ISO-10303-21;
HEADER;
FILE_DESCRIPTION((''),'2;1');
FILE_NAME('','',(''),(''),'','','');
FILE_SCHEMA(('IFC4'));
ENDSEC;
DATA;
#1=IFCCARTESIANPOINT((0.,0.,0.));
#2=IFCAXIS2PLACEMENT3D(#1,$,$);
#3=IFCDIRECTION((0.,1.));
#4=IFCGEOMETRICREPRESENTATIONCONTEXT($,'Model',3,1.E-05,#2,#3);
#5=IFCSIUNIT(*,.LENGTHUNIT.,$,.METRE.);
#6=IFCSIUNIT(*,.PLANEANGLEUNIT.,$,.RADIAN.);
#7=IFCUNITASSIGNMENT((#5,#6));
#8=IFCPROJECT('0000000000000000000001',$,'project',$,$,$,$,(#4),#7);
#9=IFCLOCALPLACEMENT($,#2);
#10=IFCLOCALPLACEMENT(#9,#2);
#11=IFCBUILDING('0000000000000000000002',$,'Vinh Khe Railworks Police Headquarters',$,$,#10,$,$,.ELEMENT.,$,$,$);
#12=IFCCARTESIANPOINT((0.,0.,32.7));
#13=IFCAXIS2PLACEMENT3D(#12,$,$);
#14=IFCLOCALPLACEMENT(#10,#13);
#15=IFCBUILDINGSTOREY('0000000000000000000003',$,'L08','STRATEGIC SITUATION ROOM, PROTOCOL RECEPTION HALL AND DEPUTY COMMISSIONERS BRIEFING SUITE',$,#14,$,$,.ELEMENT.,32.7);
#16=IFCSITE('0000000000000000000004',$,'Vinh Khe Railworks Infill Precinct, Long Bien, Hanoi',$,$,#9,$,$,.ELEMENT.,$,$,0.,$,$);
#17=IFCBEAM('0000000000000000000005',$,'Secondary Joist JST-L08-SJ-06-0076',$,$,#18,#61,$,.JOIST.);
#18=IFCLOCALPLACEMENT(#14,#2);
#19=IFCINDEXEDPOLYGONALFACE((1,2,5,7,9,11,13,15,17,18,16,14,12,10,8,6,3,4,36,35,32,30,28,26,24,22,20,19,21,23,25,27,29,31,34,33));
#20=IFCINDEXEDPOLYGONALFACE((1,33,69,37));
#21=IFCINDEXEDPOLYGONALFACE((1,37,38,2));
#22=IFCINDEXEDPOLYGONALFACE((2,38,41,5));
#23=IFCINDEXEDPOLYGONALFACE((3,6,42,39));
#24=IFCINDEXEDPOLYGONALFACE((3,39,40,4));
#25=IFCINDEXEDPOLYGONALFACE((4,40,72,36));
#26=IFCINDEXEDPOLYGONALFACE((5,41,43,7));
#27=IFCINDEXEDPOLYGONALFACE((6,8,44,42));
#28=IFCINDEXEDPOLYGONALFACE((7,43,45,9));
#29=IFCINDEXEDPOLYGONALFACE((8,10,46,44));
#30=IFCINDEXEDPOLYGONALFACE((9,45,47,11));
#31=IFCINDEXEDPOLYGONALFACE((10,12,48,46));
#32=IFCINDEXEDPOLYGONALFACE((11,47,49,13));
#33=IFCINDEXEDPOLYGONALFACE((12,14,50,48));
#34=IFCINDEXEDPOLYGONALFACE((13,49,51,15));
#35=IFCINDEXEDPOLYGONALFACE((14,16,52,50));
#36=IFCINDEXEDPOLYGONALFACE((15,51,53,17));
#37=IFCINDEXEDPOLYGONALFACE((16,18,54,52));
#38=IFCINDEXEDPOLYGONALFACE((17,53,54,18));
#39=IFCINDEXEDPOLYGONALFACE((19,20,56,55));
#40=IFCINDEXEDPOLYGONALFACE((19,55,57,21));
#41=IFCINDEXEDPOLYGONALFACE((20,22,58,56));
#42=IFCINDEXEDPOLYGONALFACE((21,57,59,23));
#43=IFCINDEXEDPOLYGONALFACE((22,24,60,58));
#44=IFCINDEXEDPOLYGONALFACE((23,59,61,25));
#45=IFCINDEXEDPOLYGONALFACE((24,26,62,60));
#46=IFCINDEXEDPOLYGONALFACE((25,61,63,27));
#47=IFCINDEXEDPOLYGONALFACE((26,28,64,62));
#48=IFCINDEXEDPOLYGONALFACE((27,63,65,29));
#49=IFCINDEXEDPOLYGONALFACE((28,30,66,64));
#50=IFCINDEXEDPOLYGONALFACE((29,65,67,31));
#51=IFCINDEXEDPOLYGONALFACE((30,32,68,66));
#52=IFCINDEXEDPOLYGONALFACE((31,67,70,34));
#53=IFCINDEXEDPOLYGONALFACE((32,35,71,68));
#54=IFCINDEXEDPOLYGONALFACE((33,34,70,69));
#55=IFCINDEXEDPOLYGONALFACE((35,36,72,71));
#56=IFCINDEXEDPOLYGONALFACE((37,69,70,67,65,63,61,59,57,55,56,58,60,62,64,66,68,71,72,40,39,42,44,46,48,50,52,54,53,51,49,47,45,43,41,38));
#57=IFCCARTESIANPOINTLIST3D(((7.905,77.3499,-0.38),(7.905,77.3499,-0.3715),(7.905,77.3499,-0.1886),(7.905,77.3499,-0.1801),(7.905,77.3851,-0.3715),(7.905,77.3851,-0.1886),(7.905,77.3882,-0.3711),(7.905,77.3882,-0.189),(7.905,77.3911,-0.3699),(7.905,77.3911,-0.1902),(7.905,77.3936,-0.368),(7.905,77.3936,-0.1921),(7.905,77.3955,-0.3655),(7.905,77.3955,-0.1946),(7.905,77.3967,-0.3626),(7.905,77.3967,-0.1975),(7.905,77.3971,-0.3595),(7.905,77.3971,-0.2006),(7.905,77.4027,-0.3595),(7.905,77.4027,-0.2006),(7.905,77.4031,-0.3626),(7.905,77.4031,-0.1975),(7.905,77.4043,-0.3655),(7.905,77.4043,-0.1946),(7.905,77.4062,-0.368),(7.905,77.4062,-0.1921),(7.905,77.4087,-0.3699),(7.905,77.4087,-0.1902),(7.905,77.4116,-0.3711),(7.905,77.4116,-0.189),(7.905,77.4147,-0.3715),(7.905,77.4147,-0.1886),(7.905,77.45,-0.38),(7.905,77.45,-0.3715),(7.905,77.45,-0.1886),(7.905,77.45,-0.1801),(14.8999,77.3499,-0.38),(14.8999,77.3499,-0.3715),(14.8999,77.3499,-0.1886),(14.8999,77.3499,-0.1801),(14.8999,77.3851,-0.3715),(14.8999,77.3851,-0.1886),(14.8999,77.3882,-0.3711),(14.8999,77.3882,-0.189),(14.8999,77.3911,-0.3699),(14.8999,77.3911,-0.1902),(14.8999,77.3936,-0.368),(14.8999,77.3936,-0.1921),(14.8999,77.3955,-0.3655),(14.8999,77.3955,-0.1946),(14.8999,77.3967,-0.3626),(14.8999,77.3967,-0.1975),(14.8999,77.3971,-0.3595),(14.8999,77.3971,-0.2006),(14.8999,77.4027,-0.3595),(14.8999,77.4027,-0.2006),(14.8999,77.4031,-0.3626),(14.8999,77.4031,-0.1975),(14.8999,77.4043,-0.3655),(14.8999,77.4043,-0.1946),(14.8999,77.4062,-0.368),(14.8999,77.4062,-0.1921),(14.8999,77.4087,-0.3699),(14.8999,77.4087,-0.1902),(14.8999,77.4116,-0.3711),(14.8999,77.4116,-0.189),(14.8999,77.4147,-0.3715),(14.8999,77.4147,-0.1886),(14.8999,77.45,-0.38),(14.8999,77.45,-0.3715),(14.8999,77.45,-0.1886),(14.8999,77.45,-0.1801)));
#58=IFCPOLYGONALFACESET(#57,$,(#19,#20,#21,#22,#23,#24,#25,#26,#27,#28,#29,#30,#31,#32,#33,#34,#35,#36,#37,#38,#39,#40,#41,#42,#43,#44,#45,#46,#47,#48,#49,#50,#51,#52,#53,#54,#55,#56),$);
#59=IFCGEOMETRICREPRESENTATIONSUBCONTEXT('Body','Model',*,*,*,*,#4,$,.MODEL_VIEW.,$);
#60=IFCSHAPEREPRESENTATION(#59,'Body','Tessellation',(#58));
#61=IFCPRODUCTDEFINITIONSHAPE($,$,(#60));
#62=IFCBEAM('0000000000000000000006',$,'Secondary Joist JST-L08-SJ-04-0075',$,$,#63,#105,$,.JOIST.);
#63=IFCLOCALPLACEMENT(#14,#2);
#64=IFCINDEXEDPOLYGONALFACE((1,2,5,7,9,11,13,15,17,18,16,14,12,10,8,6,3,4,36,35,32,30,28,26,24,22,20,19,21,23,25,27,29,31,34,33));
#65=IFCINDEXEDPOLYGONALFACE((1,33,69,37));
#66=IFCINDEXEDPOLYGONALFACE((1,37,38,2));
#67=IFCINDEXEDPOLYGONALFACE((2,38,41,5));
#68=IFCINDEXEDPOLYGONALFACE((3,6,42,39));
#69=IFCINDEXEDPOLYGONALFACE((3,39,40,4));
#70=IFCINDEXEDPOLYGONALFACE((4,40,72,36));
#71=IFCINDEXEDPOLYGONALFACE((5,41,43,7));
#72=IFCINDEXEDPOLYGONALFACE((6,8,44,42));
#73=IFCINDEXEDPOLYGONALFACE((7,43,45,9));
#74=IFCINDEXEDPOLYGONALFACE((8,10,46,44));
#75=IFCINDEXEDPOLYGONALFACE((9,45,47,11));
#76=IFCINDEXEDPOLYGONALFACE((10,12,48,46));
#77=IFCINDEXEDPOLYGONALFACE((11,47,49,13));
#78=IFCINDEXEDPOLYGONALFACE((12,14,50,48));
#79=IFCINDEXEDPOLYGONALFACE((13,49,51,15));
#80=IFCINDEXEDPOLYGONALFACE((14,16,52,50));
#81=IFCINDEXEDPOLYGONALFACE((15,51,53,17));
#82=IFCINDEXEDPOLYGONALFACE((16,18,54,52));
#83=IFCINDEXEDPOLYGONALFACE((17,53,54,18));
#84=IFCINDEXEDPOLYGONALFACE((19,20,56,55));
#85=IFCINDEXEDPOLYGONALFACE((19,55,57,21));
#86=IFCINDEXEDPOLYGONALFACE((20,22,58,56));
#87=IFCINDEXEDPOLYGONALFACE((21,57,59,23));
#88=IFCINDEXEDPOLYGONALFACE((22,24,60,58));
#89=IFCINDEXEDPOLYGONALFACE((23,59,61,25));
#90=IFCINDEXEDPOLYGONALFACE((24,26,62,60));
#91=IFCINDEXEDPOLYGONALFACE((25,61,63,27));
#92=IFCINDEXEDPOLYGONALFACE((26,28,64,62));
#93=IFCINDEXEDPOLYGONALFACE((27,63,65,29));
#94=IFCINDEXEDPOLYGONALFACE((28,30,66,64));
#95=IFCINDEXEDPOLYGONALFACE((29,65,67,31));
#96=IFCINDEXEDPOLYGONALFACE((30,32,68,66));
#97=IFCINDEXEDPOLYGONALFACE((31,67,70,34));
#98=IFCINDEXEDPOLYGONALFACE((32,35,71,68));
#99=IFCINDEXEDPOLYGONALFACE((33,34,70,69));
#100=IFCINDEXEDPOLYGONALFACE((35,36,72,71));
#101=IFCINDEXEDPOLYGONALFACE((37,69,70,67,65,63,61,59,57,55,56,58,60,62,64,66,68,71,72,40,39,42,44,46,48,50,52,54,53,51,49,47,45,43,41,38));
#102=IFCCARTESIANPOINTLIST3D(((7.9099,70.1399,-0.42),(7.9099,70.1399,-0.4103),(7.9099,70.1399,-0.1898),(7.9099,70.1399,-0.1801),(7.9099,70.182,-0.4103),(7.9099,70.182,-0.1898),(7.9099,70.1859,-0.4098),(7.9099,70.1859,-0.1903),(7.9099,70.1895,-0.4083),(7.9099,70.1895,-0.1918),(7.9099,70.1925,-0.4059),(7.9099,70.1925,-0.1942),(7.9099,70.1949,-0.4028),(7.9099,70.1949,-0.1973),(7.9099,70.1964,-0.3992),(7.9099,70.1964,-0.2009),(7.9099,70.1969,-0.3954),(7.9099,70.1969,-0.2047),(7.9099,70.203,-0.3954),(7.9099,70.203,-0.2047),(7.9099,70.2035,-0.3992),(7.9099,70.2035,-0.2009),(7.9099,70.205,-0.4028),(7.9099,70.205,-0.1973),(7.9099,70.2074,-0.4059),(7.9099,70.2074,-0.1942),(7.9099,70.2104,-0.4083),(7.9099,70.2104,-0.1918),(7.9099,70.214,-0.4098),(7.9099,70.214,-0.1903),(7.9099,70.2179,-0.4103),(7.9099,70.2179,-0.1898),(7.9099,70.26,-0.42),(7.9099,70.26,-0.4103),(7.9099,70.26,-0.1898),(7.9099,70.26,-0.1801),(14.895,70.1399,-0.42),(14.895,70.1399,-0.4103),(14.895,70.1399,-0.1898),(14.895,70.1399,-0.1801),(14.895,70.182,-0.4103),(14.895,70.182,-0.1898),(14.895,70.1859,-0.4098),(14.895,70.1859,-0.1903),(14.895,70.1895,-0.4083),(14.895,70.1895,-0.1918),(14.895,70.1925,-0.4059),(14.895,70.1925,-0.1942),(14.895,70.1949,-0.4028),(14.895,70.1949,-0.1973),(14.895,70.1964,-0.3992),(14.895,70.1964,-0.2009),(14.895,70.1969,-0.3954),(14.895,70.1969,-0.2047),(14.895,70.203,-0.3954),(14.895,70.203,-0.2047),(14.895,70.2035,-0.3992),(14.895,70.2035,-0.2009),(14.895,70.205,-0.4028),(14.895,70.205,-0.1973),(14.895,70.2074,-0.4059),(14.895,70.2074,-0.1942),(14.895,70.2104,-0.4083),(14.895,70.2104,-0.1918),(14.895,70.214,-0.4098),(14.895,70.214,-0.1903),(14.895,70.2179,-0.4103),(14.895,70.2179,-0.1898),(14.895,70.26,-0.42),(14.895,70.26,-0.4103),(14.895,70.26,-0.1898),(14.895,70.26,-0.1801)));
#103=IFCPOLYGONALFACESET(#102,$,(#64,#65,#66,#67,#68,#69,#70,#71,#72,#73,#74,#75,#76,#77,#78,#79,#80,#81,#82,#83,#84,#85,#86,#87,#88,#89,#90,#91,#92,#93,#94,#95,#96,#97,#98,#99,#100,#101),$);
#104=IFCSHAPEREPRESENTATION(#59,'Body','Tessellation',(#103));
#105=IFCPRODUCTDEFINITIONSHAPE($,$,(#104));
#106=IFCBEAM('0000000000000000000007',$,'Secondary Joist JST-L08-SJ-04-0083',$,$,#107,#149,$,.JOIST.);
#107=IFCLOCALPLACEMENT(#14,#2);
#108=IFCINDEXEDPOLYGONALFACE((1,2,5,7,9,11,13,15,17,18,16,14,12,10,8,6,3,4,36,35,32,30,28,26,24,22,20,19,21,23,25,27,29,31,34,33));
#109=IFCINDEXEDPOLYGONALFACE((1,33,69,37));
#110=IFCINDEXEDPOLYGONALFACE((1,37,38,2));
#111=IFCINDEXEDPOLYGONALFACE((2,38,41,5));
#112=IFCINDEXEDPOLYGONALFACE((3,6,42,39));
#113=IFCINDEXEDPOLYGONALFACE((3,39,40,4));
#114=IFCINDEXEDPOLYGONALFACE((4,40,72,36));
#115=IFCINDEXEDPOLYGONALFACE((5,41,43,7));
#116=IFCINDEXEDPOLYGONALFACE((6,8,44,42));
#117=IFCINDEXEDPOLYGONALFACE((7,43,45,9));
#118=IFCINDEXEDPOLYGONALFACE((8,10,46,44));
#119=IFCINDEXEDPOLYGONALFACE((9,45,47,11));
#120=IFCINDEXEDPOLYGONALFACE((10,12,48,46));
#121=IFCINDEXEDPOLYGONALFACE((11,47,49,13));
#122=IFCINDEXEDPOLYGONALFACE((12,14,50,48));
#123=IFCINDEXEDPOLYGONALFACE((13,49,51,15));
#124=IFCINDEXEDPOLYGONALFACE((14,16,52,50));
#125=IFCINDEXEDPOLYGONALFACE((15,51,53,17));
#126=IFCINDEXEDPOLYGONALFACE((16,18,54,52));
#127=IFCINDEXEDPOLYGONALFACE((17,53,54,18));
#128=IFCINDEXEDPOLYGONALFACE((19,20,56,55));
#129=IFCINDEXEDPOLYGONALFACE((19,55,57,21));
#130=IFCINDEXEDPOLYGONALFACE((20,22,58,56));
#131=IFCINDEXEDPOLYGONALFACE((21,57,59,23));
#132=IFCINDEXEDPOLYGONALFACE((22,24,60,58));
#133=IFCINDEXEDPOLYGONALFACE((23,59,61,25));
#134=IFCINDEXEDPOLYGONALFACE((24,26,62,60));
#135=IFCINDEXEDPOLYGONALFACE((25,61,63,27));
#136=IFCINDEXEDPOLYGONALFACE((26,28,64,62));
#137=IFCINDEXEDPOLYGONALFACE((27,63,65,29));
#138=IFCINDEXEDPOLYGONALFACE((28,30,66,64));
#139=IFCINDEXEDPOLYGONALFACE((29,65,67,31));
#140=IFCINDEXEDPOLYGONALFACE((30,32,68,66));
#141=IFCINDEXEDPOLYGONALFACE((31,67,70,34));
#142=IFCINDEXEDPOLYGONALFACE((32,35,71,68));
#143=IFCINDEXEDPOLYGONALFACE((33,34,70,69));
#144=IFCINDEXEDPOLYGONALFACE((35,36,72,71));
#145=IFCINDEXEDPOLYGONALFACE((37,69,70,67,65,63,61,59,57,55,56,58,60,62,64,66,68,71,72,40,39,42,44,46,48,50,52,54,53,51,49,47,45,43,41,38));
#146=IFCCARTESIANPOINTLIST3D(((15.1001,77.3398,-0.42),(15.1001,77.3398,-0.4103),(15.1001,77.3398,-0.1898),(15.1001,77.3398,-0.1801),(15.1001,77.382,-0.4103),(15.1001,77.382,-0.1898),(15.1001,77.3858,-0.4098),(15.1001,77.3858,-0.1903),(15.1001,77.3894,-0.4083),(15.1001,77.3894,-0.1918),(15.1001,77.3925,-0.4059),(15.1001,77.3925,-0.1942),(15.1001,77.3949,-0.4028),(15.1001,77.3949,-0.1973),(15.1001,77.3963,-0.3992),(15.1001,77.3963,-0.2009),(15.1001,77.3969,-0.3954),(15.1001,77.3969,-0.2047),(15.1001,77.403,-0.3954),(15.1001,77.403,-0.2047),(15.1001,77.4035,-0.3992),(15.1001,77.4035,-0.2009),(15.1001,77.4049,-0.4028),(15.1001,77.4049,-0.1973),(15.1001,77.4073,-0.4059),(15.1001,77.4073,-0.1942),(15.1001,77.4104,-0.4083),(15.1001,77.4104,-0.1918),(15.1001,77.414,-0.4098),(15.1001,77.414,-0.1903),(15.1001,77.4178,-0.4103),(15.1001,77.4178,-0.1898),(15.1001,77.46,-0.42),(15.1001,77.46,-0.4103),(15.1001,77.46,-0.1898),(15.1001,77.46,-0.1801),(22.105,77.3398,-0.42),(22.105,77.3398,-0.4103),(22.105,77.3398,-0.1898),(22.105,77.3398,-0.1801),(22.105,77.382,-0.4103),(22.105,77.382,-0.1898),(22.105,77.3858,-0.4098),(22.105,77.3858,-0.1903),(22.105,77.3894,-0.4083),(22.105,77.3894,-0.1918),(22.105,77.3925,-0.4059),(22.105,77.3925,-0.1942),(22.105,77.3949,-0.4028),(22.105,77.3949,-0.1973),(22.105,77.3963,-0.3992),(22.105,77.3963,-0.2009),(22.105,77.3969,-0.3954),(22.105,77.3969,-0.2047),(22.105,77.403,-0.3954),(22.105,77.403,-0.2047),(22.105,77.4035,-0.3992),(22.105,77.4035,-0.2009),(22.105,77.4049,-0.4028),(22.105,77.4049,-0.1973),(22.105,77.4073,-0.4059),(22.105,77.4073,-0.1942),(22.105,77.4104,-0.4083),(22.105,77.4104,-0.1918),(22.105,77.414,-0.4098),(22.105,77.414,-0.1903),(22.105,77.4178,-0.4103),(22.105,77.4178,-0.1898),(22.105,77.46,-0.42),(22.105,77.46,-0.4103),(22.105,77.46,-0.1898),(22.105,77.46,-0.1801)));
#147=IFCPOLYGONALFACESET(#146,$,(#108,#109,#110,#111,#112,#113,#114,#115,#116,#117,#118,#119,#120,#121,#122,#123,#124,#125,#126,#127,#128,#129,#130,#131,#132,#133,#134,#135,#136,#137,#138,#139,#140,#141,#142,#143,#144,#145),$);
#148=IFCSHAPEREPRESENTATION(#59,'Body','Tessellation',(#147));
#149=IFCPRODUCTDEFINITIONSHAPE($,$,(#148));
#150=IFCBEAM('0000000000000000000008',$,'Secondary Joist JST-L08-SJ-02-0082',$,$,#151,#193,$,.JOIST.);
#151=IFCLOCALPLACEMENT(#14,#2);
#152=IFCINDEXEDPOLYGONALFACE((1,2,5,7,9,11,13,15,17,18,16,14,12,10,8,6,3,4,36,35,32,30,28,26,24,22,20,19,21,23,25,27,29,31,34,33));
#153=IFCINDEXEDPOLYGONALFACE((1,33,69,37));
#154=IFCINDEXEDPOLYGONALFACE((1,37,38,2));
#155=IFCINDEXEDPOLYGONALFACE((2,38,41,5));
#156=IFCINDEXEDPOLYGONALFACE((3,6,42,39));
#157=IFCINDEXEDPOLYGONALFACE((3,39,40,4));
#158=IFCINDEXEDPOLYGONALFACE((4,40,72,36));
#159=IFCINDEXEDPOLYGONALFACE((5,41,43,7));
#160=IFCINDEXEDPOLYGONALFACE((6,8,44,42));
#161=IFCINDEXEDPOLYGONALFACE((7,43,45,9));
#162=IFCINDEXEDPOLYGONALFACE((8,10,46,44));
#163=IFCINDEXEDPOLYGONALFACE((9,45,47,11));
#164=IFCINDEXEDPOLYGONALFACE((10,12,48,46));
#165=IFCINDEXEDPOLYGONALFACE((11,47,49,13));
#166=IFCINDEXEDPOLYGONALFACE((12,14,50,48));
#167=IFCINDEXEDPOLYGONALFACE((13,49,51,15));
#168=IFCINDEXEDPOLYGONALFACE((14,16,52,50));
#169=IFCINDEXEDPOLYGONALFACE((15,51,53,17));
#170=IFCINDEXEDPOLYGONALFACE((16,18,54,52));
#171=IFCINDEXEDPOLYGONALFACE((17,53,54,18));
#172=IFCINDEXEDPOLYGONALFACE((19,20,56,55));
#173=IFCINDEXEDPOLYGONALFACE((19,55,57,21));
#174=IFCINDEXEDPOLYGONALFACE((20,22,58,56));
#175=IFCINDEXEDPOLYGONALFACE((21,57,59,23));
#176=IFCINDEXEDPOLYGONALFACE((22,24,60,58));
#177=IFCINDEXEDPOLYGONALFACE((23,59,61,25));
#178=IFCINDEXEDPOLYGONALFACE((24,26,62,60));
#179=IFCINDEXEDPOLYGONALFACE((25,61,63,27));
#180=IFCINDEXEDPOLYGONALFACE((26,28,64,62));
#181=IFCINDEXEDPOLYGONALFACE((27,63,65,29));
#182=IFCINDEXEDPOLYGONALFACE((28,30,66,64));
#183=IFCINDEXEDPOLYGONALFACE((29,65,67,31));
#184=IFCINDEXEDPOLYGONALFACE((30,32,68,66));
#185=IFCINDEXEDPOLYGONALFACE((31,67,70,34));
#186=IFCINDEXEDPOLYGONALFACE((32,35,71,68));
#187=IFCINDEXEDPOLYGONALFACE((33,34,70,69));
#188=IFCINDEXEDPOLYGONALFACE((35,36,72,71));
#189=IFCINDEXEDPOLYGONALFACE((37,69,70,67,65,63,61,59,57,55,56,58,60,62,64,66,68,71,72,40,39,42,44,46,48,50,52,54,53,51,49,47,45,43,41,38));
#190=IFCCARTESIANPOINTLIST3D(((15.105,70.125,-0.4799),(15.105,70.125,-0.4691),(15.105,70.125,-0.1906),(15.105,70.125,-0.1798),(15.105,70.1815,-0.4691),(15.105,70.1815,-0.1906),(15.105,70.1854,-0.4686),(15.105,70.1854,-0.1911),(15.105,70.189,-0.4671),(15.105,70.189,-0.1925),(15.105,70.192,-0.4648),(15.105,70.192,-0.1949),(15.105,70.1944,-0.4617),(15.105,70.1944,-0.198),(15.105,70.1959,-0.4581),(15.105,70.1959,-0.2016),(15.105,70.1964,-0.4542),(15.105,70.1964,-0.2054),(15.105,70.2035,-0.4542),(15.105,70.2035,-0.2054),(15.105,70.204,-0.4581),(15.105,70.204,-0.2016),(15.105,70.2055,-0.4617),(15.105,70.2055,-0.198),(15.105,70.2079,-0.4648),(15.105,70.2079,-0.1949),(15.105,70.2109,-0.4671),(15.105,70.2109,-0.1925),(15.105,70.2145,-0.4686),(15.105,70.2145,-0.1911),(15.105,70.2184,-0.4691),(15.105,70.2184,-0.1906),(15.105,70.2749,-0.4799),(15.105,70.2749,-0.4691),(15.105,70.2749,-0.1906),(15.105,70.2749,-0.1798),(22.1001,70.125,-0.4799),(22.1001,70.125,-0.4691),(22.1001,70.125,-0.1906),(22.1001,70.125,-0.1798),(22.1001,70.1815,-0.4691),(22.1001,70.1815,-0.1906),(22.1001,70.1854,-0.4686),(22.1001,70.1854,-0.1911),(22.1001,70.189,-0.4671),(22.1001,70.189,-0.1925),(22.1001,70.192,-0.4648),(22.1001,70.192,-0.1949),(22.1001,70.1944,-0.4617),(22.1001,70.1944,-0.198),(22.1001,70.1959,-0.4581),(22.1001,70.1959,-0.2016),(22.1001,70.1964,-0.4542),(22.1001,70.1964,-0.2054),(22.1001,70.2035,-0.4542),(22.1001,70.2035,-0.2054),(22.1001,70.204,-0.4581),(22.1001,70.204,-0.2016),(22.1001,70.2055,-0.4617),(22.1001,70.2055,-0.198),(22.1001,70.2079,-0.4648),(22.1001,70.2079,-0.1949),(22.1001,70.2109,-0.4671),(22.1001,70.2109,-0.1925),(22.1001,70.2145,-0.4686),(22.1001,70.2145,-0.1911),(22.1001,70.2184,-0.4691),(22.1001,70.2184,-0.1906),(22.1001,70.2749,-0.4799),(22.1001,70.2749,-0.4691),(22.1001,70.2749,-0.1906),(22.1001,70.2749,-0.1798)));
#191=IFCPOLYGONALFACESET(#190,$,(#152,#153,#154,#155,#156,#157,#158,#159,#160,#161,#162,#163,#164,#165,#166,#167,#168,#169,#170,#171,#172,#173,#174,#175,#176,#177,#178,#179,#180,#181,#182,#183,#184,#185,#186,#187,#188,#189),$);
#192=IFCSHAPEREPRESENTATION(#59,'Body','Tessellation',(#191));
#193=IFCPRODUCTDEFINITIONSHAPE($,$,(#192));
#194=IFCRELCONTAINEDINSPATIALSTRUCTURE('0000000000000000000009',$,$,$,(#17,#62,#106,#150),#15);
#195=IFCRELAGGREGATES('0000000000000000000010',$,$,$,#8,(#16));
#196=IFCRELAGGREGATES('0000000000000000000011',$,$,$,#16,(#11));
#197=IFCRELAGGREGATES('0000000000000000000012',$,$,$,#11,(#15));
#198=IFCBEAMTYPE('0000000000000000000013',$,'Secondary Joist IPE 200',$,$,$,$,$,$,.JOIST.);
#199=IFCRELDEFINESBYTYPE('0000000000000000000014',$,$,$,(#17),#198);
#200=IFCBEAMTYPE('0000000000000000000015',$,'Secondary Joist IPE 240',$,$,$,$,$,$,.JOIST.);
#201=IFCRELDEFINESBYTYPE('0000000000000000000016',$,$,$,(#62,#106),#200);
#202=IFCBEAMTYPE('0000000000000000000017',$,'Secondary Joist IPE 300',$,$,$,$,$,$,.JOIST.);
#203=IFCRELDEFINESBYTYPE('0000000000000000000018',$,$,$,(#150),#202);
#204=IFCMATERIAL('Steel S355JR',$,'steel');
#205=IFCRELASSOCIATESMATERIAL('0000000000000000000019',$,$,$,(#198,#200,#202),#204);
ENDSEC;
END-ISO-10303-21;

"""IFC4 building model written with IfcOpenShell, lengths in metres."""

from ifc_helpers import new_model, si_unit, direction, frame, origin, origin_2d, place, context, subcontext, project, spatial, i_section, extrude, material, material_profile, profile_set, type_object, element, save


model = new_model("IFC4")

# Units and contexts
model_context = context("Model", 3, precision=1e-05, world=origin(), true_north=direction((0.0, 1.0)))
body_context = subcontext(model_context, "Body", "Model", "MODEL_VIEW")
ifc_project = project(units=[si_unit("LENGTHUNIT", "METRE"), si_unit("PLANEANGLEUNIT", "RADIAN")], contexts=[model_context])

# Site, building, storey
site_placement = place(None, origin())
site = spatial("IfcSite", under=ifc_project, at=site_placement, Name="Vinh Khe Railworks Infill Precinct, Long Bien, Hanoi", CompositionType="ELEMENT", RefElevation=0.0)
building_placement = place(site_placement, origin())
building = spatial("IfcBuilding", under=site, at=building_placement, Name="Vinh Khe Railworks Police Headquarters", CompositionType="ELEMENT")
storey_placement = place(building_placement, frame((0.0, 0.0, 32.7)))
storey = spatial("IfcBuildingStorey", under=building, at=storey_placement, Name="L08", Description="STRATEGIC SITUATION ROOM, PROTOCOL RECEPTION HALL AND DEPUTY COMMISSIONERS BRIEFING SUITE", CompositionType="ELEMENT", Elevation=32.7)

# Shared definitions
ifc_material_1 = material(Name="Steel S355JR", Category="steel")

# Beams
ifc_material_profile_1 = material_profile(ifc_material_1, i_section(OverallWidth=0.1001, OverallDepth=0.2, WebThickness=0.0056, FlangeThickness=0.0085, FilletRadius=0.012, at=origin_2d()), Name="IPE 200")
ifc_profile_set_1 = profile_set([ifc_material_profile_1], Name="Steel S355JR")
beam_type_1 = type_object("IfcBeamType", Name="Secondary Joist IPE 200", PredefinedType="JOIST", material=ifc_profile_set_1)
beam_1_placement = place(storey_placement, frame((7.905, 77.3999, -0.28), z_axis=(1.0, 0.0, 0.0), x_axis=(0.0, 1.0, 0.0)))
element("IfcBeam", 1, at=beam_1_placement, inside=storey, type_object=beam_type_1, Name="Secondary Joist JST-L08-SJ-06-0076", PredefinedType="JOIST", context=body_context, shape_type="SweptSolid", body=[
    extrude(i_section(OverallWidth=0.1001, OverallDepth=0.2, WebThickness=0.0056, FlangeThickness=0.0085, FilletRadius=0.012, at=origin_2d()), origin(), (0.0, 0.0, 1.0), 6.9949),
])
ifc_material_profile_2 = material_profile(ifc_material_1, i_section(OverallWidth=0.1201, OverallDepth=0.24, WebThickness=0.0061, FlangeThickness=0.0098, FilletRadius=0.0149, at=origin_2d()), Name="IPE 240")
ifc_profile_set_2 = profile_set([ifc_material_profile_2], Name="Steel S355JR")
beam_type_2 = type_object("IfcBeamType", Name="Secondary Joist IPE 240", PredefinedType="JOIST", material=ifc_profile_set_2)
beam_2_placement = place(storey_placement, frame((7.9099, 70.2, -0.3), z_axis=(1.0, 0.0, 0.0), x_axis=(0.0, 1.0, 0.0)))
element("IfcBeam", 2, at=beam_2_placement, inside=storey, type_object=beam_type_2, Name="Secondary Joist JST-L08-SJ-04-0075", PredefinedType="JOIST", context=body_context, shape_type="SweptSolid", body=[
    extrude(i_section(OverallWidth=0.1201, OverallDepth=0.24, WebThickness=0.0061, FlangeThickness=0.0098, FilletRadius=0.0149, at=origin_2d()), origin(), (0.0, 0.0, 1.0), 6.9851),
])
beam_3_placement = place(storey_placement, frame((15.1001, 77.3999, -0.3), z_axis=(1.0, 0.0, 0.0), x_axis=(0.0, 1.0, 0.0)))
element("IfcBeam", 3, at=beam_3_placement, inside=storey, type_object=beam_type_2, Name="Secondary Joist JST-L08-SJ-04-0083", PredefinedType="JOIST", context=body_context, shape_type="SweptSolid", body=[
    extrude(i_section(OverallWidth=0.1201, OverallDepth=0.24, WebThickness=0.0061, FlangeThickness=0.0098, FilletRadius=0.0149, at=origin_2d()), origin(), (0.0, 0.0, 1.0), 7.0049),
])
ifc_material_profile_3 = material_profile(ifc_material_1, i_section(OverallWidth=0.1499, OverallDepth=0.3, WebThickness=0.0071, FlangeThickness=0.0107, FilletRadius=0.0149, at=origin_2d()), Name="IPE 300")
ifc_profile_set_3 = profile_set([ifc_material_profile_3], Name="Steel S355JR")
beam_type_3 = type_object("IfcBeamType", Name="Secondary Joist IPE 300", PredefinedType="JOIST", material=ifc_profile_set_3)
beam_4_placement = place(storey_placement, frame((15.105, 70.2, -0.3298), z_axis=(1.0, 0.0, 0.0), x_axis=(0.0, 1.0, 0.0)))
element("IfcBeam", 4, at=beam_4_placement, inside=storey, type_object=beam_type_3, Name="Secondary Joist JST-L08-SJ-02-0082", PredefinedType="JOIST", context=body_context, shape_type="SweptSolid", body=[
    extrude(i_section(OverallWidth=0.1499, OverallDepth=0.3, WebThickness=0.0071, FlangeThickness=0.0107, FilletRadius=0.0149, at=origin_2d()), origin(), (0.0, 0.0, 1.0), 6.9951),
])

save(model, "model.ifc")
